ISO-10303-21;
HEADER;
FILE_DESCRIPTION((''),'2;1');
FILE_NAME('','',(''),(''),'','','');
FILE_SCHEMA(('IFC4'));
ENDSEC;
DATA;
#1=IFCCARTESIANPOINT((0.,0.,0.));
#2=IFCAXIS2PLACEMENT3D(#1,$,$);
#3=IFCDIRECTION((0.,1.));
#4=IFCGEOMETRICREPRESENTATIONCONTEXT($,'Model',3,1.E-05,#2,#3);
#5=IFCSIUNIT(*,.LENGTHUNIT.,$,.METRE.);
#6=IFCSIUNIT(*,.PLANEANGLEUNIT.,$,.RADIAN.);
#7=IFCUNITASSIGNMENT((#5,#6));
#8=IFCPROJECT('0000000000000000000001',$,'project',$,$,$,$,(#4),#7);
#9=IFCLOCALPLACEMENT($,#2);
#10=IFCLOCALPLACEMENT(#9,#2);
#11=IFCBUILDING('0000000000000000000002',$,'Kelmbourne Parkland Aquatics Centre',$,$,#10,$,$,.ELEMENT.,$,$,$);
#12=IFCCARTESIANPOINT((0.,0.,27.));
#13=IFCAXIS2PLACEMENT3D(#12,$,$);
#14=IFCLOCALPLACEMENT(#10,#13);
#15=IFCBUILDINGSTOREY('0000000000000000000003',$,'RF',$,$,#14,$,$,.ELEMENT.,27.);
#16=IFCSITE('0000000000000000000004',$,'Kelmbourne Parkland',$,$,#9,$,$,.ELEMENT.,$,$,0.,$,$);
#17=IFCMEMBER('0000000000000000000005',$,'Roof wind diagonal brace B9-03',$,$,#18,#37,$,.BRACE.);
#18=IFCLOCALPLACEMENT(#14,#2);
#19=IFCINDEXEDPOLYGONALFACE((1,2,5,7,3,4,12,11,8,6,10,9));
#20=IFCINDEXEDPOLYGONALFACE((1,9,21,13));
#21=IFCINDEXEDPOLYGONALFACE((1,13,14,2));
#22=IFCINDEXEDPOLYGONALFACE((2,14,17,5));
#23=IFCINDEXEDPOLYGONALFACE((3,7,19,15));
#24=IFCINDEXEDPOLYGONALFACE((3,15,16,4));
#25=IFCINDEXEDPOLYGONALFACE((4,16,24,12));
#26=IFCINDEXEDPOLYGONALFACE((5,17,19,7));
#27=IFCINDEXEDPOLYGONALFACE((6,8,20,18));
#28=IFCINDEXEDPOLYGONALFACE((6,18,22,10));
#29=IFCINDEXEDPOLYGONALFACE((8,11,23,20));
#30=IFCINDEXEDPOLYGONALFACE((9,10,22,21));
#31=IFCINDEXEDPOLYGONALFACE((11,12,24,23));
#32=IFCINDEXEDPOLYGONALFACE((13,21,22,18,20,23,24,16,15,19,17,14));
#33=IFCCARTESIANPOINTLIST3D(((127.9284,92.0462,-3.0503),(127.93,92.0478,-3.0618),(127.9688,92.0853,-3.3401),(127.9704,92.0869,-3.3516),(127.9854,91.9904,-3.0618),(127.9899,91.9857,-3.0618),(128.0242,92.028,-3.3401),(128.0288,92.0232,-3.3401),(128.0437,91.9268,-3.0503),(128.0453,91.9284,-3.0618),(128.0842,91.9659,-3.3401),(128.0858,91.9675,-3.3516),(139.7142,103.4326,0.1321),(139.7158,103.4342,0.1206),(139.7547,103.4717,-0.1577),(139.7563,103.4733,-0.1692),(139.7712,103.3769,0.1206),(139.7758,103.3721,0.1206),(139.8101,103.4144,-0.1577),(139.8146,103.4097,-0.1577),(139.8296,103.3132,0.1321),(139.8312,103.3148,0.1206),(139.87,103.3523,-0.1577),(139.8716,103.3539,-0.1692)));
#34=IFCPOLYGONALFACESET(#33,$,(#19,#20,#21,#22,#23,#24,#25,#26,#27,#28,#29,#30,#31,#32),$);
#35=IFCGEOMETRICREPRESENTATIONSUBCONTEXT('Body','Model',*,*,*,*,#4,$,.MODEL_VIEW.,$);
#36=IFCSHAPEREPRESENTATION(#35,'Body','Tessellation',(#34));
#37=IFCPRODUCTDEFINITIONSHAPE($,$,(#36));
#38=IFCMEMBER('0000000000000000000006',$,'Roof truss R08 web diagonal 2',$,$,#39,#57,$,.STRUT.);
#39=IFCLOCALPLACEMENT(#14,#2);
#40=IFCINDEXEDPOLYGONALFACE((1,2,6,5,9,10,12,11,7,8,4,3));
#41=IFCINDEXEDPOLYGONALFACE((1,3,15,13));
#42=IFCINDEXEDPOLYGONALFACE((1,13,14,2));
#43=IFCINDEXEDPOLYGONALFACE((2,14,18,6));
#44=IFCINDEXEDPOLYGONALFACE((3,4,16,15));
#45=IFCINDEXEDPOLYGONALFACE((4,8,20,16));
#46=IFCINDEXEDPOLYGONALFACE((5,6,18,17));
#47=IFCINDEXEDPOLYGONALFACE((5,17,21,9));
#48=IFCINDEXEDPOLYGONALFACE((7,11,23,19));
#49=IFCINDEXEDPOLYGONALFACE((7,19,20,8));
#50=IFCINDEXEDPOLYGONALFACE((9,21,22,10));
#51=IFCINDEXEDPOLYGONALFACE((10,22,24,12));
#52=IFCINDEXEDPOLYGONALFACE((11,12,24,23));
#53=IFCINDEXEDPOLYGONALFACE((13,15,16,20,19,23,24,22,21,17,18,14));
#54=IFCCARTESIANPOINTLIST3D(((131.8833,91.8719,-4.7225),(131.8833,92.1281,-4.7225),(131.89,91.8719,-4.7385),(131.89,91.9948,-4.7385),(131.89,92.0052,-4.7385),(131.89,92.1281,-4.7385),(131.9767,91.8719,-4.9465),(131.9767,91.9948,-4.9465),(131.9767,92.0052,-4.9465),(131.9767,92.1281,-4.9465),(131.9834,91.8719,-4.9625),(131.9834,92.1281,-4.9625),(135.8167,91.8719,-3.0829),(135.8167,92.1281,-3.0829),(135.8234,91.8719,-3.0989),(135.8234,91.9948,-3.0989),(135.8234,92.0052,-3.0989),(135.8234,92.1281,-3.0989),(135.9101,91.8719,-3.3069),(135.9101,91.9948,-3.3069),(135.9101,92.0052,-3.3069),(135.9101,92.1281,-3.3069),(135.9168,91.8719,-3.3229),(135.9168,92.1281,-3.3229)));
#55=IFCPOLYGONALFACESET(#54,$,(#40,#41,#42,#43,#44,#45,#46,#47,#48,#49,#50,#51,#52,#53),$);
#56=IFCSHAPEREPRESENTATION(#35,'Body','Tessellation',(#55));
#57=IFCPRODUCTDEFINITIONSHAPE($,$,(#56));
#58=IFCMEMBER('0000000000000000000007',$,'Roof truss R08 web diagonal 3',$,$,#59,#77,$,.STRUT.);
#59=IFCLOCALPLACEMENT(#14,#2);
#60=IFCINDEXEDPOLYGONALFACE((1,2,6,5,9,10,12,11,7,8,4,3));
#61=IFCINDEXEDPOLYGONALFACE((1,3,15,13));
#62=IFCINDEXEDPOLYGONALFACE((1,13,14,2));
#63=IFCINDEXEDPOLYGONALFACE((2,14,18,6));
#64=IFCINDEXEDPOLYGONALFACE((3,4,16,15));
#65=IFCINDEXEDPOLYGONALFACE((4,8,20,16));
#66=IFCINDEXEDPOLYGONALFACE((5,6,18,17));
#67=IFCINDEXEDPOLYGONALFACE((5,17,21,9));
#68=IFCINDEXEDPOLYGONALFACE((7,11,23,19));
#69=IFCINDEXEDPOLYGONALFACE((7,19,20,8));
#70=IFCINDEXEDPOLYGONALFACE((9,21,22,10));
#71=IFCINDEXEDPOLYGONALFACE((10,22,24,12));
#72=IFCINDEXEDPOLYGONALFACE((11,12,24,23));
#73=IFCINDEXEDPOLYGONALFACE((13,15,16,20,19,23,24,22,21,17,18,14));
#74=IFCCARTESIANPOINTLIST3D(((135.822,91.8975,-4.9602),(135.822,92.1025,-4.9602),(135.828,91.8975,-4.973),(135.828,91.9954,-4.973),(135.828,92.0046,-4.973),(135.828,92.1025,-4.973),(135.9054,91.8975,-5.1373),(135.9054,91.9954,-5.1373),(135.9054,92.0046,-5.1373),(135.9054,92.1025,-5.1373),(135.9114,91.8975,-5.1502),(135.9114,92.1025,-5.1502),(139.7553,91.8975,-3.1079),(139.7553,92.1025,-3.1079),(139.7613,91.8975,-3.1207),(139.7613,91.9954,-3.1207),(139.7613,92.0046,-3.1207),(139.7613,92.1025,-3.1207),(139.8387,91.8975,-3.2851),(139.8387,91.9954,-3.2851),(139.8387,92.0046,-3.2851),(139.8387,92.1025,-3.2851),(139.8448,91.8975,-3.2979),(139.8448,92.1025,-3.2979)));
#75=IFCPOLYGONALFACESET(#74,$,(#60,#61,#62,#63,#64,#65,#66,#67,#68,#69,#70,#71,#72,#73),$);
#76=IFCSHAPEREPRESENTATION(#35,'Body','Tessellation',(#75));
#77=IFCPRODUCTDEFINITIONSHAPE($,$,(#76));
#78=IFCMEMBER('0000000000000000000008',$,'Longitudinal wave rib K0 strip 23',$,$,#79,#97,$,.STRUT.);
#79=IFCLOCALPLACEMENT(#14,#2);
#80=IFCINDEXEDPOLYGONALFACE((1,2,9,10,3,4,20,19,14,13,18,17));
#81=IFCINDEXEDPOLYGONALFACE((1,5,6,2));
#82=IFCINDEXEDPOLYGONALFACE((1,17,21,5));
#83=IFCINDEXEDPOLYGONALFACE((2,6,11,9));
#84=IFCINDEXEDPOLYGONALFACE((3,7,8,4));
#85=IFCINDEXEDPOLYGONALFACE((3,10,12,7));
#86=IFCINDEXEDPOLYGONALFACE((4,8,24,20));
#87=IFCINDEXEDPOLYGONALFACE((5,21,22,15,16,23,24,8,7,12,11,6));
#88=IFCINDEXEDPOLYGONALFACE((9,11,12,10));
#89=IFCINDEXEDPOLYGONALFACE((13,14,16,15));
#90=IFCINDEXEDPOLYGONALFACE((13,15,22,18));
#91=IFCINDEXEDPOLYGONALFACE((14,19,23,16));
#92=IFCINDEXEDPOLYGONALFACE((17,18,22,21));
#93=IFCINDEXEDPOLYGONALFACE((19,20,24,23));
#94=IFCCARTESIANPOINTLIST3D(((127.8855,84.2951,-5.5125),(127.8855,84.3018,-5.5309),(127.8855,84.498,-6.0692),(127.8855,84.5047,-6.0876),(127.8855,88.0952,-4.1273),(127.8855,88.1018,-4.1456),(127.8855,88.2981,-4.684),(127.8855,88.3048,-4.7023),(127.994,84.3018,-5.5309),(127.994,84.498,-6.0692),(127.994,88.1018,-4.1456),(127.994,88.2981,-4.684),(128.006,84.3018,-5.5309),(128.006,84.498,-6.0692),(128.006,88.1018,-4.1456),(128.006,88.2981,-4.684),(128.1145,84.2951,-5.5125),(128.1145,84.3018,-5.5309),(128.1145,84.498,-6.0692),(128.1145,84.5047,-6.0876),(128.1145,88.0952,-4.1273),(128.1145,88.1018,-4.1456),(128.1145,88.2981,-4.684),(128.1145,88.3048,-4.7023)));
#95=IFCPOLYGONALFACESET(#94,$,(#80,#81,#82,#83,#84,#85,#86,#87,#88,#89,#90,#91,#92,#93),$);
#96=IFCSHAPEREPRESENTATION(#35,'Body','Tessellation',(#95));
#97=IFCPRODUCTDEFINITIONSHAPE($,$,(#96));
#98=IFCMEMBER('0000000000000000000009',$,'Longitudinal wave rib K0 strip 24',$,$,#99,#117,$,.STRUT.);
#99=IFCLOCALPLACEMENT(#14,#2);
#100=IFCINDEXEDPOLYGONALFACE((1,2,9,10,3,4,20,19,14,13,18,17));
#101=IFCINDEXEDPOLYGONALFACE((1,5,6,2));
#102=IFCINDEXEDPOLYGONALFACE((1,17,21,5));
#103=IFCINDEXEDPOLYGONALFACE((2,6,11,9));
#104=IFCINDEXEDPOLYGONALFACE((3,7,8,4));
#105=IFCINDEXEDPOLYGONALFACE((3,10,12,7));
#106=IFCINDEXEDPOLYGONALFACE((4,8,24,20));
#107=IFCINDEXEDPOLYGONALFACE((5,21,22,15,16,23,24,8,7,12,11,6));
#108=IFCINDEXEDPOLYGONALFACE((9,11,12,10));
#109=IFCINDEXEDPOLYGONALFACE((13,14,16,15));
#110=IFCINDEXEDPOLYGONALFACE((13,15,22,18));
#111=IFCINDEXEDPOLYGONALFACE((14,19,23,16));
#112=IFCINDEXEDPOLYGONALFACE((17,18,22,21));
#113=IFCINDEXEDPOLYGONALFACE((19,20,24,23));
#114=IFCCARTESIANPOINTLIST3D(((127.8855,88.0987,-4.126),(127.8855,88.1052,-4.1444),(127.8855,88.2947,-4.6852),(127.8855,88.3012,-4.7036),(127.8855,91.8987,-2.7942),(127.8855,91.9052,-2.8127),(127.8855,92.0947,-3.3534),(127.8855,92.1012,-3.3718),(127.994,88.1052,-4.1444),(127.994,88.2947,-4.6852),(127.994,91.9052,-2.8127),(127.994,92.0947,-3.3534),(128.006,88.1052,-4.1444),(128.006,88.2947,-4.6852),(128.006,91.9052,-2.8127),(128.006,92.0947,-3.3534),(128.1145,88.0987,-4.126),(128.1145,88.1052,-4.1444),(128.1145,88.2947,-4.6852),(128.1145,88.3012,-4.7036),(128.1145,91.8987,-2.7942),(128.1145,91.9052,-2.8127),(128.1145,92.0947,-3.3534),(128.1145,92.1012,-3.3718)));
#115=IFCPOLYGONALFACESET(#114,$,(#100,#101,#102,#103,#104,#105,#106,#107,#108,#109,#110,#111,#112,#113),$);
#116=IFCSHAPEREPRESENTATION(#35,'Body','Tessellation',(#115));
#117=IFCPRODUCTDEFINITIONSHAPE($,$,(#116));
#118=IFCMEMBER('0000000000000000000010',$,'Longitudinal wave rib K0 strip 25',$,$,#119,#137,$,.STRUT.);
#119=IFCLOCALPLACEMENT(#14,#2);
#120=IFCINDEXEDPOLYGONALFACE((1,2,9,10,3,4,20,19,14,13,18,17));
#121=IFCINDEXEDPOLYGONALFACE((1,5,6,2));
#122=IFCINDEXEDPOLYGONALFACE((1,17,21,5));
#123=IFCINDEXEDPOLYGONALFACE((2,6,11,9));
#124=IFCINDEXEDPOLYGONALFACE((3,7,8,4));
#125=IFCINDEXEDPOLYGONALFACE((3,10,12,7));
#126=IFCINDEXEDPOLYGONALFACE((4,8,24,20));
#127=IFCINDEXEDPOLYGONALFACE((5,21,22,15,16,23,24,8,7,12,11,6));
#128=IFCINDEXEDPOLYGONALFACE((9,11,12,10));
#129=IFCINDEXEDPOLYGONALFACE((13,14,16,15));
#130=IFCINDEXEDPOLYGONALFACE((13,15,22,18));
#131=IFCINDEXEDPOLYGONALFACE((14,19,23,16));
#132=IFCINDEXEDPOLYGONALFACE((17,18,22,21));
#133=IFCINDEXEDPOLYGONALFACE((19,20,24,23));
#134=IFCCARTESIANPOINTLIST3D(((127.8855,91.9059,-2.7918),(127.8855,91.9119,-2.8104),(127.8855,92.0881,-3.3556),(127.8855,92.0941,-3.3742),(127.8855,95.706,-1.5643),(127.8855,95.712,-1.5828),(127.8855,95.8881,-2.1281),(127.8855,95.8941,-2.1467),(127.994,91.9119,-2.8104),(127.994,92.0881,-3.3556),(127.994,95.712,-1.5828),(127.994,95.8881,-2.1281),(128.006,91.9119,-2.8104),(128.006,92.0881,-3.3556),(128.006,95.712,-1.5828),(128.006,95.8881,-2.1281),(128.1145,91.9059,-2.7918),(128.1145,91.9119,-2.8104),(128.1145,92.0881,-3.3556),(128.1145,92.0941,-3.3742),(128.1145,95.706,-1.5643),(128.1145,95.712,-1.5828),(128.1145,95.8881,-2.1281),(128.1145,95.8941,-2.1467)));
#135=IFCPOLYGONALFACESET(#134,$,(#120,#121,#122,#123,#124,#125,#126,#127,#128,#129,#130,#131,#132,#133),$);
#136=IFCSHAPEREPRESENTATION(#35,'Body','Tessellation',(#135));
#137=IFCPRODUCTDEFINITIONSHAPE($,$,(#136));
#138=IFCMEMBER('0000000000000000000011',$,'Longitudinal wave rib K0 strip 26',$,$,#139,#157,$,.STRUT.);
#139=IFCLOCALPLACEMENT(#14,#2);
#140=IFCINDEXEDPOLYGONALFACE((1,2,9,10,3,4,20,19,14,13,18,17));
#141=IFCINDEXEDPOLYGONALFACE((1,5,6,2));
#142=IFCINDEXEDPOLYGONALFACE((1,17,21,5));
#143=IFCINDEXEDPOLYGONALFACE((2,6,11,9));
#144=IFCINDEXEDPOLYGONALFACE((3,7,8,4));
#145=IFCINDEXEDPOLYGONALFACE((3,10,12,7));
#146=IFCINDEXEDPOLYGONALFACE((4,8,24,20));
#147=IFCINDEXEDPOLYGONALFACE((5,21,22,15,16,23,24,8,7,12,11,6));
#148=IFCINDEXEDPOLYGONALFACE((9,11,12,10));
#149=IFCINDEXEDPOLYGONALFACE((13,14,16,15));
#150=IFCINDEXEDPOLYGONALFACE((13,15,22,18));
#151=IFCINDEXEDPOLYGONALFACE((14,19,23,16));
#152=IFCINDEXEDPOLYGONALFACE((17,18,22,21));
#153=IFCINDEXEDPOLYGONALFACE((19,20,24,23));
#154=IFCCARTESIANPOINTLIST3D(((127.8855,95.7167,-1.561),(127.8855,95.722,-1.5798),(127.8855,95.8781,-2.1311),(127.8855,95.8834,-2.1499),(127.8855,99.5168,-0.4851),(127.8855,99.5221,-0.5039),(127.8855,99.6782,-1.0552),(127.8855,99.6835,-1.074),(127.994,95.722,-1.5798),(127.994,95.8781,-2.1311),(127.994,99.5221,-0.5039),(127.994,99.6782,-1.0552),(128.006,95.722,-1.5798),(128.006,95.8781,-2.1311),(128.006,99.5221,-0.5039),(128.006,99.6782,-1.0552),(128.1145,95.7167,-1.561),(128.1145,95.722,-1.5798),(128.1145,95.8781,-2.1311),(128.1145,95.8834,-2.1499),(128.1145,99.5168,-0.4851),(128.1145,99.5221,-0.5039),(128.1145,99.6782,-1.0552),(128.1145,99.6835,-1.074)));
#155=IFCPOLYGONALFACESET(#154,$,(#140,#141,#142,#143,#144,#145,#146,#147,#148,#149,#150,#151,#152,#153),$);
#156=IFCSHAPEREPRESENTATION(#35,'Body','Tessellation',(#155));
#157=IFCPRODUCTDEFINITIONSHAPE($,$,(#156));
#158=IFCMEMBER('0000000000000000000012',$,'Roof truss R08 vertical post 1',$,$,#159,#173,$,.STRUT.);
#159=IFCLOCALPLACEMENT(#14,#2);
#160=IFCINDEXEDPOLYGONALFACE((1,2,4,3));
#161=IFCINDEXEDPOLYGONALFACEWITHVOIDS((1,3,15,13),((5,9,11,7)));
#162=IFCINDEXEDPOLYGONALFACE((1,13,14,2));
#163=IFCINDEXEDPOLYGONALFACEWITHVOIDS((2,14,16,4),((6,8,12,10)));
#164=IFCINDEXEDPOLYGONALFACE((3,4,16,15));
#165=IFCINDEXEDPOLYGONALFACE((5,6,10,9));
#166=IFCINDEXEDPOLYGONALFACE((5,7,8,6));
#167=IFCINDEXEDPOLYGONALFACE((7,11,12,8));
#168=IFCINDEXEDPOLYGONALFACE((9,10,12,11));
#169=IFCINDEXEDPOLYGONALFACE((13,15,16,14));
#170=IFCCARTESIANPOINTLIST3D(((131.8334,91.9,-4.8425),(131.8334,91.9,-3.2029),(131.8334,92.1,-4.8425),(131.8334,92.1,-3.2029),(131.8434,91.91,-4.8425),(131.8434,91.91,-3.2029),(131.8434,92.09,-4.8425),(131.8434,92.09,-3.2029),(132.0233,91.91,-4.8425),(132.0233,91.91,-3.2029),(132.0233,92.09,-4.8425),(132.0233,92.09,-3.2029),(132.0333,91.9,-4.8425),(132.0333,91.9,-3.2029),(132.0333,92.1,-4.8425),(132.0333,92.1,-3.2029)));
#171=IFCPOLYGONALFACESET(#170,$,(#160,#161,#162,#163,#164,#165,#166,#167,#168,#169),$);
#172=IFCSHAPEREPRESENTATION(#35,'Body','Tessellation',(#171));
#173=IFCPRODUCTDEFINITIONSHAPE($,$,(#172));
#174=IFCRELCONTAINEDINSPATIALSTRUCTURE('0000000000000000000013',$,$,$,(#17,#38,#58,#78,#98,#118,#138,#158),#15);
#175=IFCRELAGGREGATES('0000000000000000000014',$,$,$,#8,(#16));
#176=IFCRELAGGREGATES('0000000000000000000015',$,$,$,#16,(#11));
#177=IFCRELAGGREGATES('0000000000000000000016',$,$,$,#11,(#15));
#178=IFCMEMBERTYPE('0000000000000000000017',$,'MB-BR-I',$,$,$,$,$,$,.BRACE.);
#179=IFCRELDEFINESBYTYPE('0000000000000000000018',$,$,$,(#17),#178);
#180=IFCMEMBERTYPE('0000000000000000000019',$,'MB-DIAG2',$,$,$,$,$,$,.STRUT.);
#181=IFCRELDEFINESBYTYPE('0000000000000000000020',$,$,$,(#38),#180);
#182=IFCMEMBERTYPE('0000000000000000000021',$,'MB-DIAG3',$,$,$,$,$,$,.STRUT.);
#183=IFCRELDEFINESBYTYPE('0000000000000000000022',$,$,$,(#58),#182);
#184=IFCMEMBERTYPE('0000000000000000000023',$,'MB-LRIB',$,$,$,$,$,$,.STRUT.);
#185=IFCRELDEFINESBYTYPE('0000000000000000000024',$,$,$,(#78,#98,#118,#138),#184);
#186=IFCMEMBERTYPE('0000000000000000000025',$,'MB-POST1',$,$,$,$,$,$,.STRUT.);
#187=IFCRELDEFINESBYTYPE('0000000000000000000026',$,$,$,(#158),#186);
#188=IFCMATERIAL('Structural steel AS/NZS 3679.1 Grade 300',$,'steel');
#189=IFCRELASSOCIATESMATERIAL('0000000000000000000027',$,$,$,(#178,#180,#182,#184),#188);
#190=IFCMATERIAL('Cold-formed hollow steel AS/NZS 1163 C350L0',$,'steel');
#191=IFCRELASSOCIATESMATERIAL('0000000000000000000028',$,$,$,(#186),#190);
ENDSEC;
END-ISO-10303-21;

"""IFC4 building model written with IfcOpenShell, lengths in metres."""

from ifc_helpers import new_model, si_unit, direction, frame, origin, origin_2d, place, context, subcontext, project, spatial, hollow_rectangle, i_section, extrude, material, material_profile, profile_set, type_object, element, save


model = new_model("IFC4")

# Units and contexts
model_context = context("Model", 3, precision=1e-05, world=origin(), true_north=direction((0.0, 1.0)))
body_context = subcontext(model_context, "Body", "Model", "MODEL_VIEW")
ifc_project = project(units=[si_unit("LENGTHUNIT", "METRE"), si_unit("PLANEANGLEUNIT", "RADIAN")], contexts=[model_context])

# Site, building, storey
site_placement = place(None, origin())
site = spatial("IfcSite", under=ifc_project, at=site_placement, Name="Kelmbourne Parkland", CompositionType="ELEMENT", RefElevation=0.0)
building_placement = place(site_placement, origin())
building = spatial("IfcBuilding", under=site, at=building_placement, Name="Kelmbourne Parkland Aquatics Centre", CompositionType="ELEMENT")
storey_placement = place(building_placement, frame((0.0, 0.0, 27.0)))
storey = spatial("IfcBuildingStorey", under=building, at=storey_placement, Name="RF", CompositionType="ELEMENT", Elevation=27.0)

# Members
ifc_material_1 = material(Name="Structural steel AS/NZS 3679.1 Grade 300", Category="steel")
ifc_material_profile_1 = material_profile(ifc_material_1, i_section(OverallWidth=0.166, OverallDepth=0.3069, WebThickness=0.0066, FlangeThickness=0.0117, at=origin_2d()), Name="310UB46.2")
ifc_profile_set_1 = profile_set([ifc_material_profile_1], Name="Structural steel AS/NZS 3679.1 Grade 300")
member_type_1 = type_object("IfcMemberType", Name="MB-BR-I", PredefinedType="BRACE", material=ifc_profile_set_1)
member_1_placement = place(storey_placement, frame((128.0071, 92.0068, -3.2009), z_axis=(0.705999, 0.682074, 0.190631), x_axis=(-0.694815, 0.719188, 0.0)))
element("IfcMember", 1, at=member_1_placement, inside=storey, type_object=member_type_1, Name="Roof wind diagonal brace B9-03", PredefinedType="BRACE", context=body_context, shape_type="SweptSolid", body=[
    extrude(i_section(OverallWidth=0.166, OverallDepth=0.3069, WebThickness=0.0066, FlangeThickness=0.0117, at=origin_2d()), origin(), (0.0, 0.0, 1.0), 16.6938),
])
ifc_material_profile_2 = material_profile(ifc_material_1, i_section(OverallWidth=0.2561, OverallDepth=0.26, WebThickness=0.0105, FlangeThickness=0.0173, at=origin_2d()), Name="250UC89.5")
ifc_profile_set_2 = profile_set([ifc_material_profile_2], Name="Structural steel AS/NZS 3679.1 Grade 300")
member_type_2 = type_object("IfcMemberType", Name="MB-DIAG2", PredefinedType="STRUT", material=ifc_profile_set_2)
member_2_placement = place(storey_placement, frame((131.9333, 92.0, -4.8425), z_axis=(0.923014, 0.0, 0.384766), x_axis=(0.0, 1.0, 0.0)))
element("IfcMember", 2, at=member_2_placement, inside=storey, type_object=member_type_2, Name="Roof truss R08 web diagonal 2", PredefinedType="STRUT", context=body_context, shape_type="SweptSolid", body=[
    extrude(i_section(OverallWidth=0.2561, OverallDepth=0.26, WebThickness=0.0105, FlangeThickness=0.0173, at=origin_2d()), origin(), (0.0, 0.0, 1.0), 4.2615),
])
ifc_material_profile_3 = material_profile(ifc_material_1, i_section(OverallWidth=0.2051, OverallDepth=0.21, WebThickness=0.0093, FlangeThickness=0.0142, at=origin_2d()), Name="200UC59.5")
ifc_profile_set_3 = profile_set([ifc_material_profile_3], Name="Structural steel AS/NZS 3679.1 Grade 300")
member_type_3 = type_object("IfcMemberType", Name="MB-DIAG3", PredefinedType="STRUT", material=ifc_profile_set_3)
member_3_placement = place(storey_placement, frame((135.8667, 92.0, -5.0552), z_axis=(0.904703, 0.0, 0.426043), x_axis=(0.0, 1.0, 0.0)))
element("IfcMember", 3, at=member_3_placement, inside=storey, type_object=member_type_3, Name="Roof truss R08 web diagonal 3", PredefinedType="STRUT", context=body_context, shape_type="SweptSolid", body=[
    extrude(i_section(OverallWidth=0.2051, OverallDepth=0.21, WebThickness=0.0093, FlangeThickness=0.0142, at=origin_2d()), origin(), (0.0, 0.0, 1.0), 4.3477),
])
ifc_material_profile_4 = material_profile(ifc_material_1, i_section(OverallWidth=0.229, OverallDepth=0.6121, WebThickness=0.012, FlangeThickness=0.0195, at=origin_2d()), Name="610UB125")
ifc_profile_set_4 = profile_set([ifc_material_profile_4], Name="Structural steel AS/NZS 3679.1 Grade 300")
member_type_4 = type_object("IfcMemberType", Name="MB-LRIB", PredefinedType="STRUT", material=ifc_profile_set_4)
member_4_placement = place(storey_placement, frame((128.0, 84.3999, -5.8), z_axis=(0.0, 0.939522, 0.342489), x_axis=(-1.0, 0.0, 0.0)))
element("IfcMember", 4, at=member_4_placement, inside=storey, type_object=member_type_4, Name="Longitudinal wave rib K0 strip 23", PredefinedType="STRUT", context=body_context, shape_type="SweptSolid", body=[
    extrude(i_section(OverallWidth=0.229, OverallDepth=0.6121, WebThickness=0.012, FlangeThickness=0.0195, at=origin_2d()), origin(), (0.0, 0.0, 1.0), 4.0447),
])
member_5_placement = place(storey_placement, frame((128.0, 88.2, -4.4148), z_axis=(0.0, 0.943721, 0.330742), x_axis=(-1.0, 0.0, 0.0)))
element("IfcMember", 5, at=member_5_placement, inside=storey, type_object=member_type_4, Name="Longitudinal wave rib K0 strip 24", PredefinedType="STRUT", context=body_context, shape_type="SweptSolid", body=[
    extrude(i_section(OverallWidth=0.229, OverallDepth=0.6121, WebThickness=0.012, FlangeThickness=0.0195, at=origin_2d()), origin(), (0.0, 0.0, 1.0), 4.0266),
])
member_6_placement = place(storey_placement, frame((128.0, 92.0, -3.083), z_axis=(0.0, 0.951583, 0.307392), x_axis=(-1.0, 0.0, 0.0)))
element("IfcMember", 6, at=member_6_placement, inside=storey, type_object=member_type_4, Name="Longitudinal wave rib K0 strip 25", PredefinedType="STRUT", context=body_context, shape_type="SweptSolid", body=[
    extrude(i_section(OverallWidth=0.229, OverallDepth=0.6121, WebThickness=0.012, FlangeThickness=0.0195, at=origin_2d()), origin(), (0.0, 0.0, 1.0), 3.9934),
])
member_7_placement = place(storey_placement, frame((128.0, 95.8, -1.8555), z_axis=(0.0, 0.962177, 0.272426), x_axis=(-1.0, 0.0, 0.0)))
element("IfcMember", 7, at=member_7_placement, inside=storey, type_object=member_type_4, Name="Longitudinal wave rib K0 strip 26", PredefinedType="STRUT", context=body_context, shape_type="SweptSolid", body=[
    extrude(i_section(OverallWidth=0.229, OverallDepth=0.6121, WebThickness=0.012, FlangeThickness=0.0195, at=origin_2d()), origin(), (0.0, 0.0, 1.0), 3.9495),
])
ifc_material_2 = material(Name="Cold-formed hollow steel AS/NZS 1163 C350L0", Category="steel")
ifc_material_profile_5 = material_profile(ifc_material_2, hollow_rectangle(XDim=0.2, YDim=0.2, WallThickness=0.01, at=origin_2d()), Name="SHS 200x200x10.0")
ifc_profile_set_5 = profile_set([ifc_material_profile_5], Name="Cold-formed hollow steel AS/NZS 1163 C350L0")
member_type_5 = type_object("IfcMemberType", Name="MB-POST1", PredefinedType="STRUT", material=ifc_profile_set_5)
member_8_placement = place(storey_placement, frame((131.9333, 92.0, -4.8425), z_axis=(0.0, 0.0, 1.0), x_axis=(1.0, 0.0, 0.0)))
element("IfcMember", 8, at=member_8_placement, inside=storey, type_object=member_type_5, Name="Roof truss R08 vertical post 1", PredefinedType="STRUT", context=body_context, shape_type="SweptSolid", body=[
    extrude(hollow_rectangle(XDim=0.2, YDim=0.2, WallThickness=0.01, at=origin_2d()), origin(), (0.0, 0.0, 1.0), 1.6396),
])

save(model, "model.ifc")
